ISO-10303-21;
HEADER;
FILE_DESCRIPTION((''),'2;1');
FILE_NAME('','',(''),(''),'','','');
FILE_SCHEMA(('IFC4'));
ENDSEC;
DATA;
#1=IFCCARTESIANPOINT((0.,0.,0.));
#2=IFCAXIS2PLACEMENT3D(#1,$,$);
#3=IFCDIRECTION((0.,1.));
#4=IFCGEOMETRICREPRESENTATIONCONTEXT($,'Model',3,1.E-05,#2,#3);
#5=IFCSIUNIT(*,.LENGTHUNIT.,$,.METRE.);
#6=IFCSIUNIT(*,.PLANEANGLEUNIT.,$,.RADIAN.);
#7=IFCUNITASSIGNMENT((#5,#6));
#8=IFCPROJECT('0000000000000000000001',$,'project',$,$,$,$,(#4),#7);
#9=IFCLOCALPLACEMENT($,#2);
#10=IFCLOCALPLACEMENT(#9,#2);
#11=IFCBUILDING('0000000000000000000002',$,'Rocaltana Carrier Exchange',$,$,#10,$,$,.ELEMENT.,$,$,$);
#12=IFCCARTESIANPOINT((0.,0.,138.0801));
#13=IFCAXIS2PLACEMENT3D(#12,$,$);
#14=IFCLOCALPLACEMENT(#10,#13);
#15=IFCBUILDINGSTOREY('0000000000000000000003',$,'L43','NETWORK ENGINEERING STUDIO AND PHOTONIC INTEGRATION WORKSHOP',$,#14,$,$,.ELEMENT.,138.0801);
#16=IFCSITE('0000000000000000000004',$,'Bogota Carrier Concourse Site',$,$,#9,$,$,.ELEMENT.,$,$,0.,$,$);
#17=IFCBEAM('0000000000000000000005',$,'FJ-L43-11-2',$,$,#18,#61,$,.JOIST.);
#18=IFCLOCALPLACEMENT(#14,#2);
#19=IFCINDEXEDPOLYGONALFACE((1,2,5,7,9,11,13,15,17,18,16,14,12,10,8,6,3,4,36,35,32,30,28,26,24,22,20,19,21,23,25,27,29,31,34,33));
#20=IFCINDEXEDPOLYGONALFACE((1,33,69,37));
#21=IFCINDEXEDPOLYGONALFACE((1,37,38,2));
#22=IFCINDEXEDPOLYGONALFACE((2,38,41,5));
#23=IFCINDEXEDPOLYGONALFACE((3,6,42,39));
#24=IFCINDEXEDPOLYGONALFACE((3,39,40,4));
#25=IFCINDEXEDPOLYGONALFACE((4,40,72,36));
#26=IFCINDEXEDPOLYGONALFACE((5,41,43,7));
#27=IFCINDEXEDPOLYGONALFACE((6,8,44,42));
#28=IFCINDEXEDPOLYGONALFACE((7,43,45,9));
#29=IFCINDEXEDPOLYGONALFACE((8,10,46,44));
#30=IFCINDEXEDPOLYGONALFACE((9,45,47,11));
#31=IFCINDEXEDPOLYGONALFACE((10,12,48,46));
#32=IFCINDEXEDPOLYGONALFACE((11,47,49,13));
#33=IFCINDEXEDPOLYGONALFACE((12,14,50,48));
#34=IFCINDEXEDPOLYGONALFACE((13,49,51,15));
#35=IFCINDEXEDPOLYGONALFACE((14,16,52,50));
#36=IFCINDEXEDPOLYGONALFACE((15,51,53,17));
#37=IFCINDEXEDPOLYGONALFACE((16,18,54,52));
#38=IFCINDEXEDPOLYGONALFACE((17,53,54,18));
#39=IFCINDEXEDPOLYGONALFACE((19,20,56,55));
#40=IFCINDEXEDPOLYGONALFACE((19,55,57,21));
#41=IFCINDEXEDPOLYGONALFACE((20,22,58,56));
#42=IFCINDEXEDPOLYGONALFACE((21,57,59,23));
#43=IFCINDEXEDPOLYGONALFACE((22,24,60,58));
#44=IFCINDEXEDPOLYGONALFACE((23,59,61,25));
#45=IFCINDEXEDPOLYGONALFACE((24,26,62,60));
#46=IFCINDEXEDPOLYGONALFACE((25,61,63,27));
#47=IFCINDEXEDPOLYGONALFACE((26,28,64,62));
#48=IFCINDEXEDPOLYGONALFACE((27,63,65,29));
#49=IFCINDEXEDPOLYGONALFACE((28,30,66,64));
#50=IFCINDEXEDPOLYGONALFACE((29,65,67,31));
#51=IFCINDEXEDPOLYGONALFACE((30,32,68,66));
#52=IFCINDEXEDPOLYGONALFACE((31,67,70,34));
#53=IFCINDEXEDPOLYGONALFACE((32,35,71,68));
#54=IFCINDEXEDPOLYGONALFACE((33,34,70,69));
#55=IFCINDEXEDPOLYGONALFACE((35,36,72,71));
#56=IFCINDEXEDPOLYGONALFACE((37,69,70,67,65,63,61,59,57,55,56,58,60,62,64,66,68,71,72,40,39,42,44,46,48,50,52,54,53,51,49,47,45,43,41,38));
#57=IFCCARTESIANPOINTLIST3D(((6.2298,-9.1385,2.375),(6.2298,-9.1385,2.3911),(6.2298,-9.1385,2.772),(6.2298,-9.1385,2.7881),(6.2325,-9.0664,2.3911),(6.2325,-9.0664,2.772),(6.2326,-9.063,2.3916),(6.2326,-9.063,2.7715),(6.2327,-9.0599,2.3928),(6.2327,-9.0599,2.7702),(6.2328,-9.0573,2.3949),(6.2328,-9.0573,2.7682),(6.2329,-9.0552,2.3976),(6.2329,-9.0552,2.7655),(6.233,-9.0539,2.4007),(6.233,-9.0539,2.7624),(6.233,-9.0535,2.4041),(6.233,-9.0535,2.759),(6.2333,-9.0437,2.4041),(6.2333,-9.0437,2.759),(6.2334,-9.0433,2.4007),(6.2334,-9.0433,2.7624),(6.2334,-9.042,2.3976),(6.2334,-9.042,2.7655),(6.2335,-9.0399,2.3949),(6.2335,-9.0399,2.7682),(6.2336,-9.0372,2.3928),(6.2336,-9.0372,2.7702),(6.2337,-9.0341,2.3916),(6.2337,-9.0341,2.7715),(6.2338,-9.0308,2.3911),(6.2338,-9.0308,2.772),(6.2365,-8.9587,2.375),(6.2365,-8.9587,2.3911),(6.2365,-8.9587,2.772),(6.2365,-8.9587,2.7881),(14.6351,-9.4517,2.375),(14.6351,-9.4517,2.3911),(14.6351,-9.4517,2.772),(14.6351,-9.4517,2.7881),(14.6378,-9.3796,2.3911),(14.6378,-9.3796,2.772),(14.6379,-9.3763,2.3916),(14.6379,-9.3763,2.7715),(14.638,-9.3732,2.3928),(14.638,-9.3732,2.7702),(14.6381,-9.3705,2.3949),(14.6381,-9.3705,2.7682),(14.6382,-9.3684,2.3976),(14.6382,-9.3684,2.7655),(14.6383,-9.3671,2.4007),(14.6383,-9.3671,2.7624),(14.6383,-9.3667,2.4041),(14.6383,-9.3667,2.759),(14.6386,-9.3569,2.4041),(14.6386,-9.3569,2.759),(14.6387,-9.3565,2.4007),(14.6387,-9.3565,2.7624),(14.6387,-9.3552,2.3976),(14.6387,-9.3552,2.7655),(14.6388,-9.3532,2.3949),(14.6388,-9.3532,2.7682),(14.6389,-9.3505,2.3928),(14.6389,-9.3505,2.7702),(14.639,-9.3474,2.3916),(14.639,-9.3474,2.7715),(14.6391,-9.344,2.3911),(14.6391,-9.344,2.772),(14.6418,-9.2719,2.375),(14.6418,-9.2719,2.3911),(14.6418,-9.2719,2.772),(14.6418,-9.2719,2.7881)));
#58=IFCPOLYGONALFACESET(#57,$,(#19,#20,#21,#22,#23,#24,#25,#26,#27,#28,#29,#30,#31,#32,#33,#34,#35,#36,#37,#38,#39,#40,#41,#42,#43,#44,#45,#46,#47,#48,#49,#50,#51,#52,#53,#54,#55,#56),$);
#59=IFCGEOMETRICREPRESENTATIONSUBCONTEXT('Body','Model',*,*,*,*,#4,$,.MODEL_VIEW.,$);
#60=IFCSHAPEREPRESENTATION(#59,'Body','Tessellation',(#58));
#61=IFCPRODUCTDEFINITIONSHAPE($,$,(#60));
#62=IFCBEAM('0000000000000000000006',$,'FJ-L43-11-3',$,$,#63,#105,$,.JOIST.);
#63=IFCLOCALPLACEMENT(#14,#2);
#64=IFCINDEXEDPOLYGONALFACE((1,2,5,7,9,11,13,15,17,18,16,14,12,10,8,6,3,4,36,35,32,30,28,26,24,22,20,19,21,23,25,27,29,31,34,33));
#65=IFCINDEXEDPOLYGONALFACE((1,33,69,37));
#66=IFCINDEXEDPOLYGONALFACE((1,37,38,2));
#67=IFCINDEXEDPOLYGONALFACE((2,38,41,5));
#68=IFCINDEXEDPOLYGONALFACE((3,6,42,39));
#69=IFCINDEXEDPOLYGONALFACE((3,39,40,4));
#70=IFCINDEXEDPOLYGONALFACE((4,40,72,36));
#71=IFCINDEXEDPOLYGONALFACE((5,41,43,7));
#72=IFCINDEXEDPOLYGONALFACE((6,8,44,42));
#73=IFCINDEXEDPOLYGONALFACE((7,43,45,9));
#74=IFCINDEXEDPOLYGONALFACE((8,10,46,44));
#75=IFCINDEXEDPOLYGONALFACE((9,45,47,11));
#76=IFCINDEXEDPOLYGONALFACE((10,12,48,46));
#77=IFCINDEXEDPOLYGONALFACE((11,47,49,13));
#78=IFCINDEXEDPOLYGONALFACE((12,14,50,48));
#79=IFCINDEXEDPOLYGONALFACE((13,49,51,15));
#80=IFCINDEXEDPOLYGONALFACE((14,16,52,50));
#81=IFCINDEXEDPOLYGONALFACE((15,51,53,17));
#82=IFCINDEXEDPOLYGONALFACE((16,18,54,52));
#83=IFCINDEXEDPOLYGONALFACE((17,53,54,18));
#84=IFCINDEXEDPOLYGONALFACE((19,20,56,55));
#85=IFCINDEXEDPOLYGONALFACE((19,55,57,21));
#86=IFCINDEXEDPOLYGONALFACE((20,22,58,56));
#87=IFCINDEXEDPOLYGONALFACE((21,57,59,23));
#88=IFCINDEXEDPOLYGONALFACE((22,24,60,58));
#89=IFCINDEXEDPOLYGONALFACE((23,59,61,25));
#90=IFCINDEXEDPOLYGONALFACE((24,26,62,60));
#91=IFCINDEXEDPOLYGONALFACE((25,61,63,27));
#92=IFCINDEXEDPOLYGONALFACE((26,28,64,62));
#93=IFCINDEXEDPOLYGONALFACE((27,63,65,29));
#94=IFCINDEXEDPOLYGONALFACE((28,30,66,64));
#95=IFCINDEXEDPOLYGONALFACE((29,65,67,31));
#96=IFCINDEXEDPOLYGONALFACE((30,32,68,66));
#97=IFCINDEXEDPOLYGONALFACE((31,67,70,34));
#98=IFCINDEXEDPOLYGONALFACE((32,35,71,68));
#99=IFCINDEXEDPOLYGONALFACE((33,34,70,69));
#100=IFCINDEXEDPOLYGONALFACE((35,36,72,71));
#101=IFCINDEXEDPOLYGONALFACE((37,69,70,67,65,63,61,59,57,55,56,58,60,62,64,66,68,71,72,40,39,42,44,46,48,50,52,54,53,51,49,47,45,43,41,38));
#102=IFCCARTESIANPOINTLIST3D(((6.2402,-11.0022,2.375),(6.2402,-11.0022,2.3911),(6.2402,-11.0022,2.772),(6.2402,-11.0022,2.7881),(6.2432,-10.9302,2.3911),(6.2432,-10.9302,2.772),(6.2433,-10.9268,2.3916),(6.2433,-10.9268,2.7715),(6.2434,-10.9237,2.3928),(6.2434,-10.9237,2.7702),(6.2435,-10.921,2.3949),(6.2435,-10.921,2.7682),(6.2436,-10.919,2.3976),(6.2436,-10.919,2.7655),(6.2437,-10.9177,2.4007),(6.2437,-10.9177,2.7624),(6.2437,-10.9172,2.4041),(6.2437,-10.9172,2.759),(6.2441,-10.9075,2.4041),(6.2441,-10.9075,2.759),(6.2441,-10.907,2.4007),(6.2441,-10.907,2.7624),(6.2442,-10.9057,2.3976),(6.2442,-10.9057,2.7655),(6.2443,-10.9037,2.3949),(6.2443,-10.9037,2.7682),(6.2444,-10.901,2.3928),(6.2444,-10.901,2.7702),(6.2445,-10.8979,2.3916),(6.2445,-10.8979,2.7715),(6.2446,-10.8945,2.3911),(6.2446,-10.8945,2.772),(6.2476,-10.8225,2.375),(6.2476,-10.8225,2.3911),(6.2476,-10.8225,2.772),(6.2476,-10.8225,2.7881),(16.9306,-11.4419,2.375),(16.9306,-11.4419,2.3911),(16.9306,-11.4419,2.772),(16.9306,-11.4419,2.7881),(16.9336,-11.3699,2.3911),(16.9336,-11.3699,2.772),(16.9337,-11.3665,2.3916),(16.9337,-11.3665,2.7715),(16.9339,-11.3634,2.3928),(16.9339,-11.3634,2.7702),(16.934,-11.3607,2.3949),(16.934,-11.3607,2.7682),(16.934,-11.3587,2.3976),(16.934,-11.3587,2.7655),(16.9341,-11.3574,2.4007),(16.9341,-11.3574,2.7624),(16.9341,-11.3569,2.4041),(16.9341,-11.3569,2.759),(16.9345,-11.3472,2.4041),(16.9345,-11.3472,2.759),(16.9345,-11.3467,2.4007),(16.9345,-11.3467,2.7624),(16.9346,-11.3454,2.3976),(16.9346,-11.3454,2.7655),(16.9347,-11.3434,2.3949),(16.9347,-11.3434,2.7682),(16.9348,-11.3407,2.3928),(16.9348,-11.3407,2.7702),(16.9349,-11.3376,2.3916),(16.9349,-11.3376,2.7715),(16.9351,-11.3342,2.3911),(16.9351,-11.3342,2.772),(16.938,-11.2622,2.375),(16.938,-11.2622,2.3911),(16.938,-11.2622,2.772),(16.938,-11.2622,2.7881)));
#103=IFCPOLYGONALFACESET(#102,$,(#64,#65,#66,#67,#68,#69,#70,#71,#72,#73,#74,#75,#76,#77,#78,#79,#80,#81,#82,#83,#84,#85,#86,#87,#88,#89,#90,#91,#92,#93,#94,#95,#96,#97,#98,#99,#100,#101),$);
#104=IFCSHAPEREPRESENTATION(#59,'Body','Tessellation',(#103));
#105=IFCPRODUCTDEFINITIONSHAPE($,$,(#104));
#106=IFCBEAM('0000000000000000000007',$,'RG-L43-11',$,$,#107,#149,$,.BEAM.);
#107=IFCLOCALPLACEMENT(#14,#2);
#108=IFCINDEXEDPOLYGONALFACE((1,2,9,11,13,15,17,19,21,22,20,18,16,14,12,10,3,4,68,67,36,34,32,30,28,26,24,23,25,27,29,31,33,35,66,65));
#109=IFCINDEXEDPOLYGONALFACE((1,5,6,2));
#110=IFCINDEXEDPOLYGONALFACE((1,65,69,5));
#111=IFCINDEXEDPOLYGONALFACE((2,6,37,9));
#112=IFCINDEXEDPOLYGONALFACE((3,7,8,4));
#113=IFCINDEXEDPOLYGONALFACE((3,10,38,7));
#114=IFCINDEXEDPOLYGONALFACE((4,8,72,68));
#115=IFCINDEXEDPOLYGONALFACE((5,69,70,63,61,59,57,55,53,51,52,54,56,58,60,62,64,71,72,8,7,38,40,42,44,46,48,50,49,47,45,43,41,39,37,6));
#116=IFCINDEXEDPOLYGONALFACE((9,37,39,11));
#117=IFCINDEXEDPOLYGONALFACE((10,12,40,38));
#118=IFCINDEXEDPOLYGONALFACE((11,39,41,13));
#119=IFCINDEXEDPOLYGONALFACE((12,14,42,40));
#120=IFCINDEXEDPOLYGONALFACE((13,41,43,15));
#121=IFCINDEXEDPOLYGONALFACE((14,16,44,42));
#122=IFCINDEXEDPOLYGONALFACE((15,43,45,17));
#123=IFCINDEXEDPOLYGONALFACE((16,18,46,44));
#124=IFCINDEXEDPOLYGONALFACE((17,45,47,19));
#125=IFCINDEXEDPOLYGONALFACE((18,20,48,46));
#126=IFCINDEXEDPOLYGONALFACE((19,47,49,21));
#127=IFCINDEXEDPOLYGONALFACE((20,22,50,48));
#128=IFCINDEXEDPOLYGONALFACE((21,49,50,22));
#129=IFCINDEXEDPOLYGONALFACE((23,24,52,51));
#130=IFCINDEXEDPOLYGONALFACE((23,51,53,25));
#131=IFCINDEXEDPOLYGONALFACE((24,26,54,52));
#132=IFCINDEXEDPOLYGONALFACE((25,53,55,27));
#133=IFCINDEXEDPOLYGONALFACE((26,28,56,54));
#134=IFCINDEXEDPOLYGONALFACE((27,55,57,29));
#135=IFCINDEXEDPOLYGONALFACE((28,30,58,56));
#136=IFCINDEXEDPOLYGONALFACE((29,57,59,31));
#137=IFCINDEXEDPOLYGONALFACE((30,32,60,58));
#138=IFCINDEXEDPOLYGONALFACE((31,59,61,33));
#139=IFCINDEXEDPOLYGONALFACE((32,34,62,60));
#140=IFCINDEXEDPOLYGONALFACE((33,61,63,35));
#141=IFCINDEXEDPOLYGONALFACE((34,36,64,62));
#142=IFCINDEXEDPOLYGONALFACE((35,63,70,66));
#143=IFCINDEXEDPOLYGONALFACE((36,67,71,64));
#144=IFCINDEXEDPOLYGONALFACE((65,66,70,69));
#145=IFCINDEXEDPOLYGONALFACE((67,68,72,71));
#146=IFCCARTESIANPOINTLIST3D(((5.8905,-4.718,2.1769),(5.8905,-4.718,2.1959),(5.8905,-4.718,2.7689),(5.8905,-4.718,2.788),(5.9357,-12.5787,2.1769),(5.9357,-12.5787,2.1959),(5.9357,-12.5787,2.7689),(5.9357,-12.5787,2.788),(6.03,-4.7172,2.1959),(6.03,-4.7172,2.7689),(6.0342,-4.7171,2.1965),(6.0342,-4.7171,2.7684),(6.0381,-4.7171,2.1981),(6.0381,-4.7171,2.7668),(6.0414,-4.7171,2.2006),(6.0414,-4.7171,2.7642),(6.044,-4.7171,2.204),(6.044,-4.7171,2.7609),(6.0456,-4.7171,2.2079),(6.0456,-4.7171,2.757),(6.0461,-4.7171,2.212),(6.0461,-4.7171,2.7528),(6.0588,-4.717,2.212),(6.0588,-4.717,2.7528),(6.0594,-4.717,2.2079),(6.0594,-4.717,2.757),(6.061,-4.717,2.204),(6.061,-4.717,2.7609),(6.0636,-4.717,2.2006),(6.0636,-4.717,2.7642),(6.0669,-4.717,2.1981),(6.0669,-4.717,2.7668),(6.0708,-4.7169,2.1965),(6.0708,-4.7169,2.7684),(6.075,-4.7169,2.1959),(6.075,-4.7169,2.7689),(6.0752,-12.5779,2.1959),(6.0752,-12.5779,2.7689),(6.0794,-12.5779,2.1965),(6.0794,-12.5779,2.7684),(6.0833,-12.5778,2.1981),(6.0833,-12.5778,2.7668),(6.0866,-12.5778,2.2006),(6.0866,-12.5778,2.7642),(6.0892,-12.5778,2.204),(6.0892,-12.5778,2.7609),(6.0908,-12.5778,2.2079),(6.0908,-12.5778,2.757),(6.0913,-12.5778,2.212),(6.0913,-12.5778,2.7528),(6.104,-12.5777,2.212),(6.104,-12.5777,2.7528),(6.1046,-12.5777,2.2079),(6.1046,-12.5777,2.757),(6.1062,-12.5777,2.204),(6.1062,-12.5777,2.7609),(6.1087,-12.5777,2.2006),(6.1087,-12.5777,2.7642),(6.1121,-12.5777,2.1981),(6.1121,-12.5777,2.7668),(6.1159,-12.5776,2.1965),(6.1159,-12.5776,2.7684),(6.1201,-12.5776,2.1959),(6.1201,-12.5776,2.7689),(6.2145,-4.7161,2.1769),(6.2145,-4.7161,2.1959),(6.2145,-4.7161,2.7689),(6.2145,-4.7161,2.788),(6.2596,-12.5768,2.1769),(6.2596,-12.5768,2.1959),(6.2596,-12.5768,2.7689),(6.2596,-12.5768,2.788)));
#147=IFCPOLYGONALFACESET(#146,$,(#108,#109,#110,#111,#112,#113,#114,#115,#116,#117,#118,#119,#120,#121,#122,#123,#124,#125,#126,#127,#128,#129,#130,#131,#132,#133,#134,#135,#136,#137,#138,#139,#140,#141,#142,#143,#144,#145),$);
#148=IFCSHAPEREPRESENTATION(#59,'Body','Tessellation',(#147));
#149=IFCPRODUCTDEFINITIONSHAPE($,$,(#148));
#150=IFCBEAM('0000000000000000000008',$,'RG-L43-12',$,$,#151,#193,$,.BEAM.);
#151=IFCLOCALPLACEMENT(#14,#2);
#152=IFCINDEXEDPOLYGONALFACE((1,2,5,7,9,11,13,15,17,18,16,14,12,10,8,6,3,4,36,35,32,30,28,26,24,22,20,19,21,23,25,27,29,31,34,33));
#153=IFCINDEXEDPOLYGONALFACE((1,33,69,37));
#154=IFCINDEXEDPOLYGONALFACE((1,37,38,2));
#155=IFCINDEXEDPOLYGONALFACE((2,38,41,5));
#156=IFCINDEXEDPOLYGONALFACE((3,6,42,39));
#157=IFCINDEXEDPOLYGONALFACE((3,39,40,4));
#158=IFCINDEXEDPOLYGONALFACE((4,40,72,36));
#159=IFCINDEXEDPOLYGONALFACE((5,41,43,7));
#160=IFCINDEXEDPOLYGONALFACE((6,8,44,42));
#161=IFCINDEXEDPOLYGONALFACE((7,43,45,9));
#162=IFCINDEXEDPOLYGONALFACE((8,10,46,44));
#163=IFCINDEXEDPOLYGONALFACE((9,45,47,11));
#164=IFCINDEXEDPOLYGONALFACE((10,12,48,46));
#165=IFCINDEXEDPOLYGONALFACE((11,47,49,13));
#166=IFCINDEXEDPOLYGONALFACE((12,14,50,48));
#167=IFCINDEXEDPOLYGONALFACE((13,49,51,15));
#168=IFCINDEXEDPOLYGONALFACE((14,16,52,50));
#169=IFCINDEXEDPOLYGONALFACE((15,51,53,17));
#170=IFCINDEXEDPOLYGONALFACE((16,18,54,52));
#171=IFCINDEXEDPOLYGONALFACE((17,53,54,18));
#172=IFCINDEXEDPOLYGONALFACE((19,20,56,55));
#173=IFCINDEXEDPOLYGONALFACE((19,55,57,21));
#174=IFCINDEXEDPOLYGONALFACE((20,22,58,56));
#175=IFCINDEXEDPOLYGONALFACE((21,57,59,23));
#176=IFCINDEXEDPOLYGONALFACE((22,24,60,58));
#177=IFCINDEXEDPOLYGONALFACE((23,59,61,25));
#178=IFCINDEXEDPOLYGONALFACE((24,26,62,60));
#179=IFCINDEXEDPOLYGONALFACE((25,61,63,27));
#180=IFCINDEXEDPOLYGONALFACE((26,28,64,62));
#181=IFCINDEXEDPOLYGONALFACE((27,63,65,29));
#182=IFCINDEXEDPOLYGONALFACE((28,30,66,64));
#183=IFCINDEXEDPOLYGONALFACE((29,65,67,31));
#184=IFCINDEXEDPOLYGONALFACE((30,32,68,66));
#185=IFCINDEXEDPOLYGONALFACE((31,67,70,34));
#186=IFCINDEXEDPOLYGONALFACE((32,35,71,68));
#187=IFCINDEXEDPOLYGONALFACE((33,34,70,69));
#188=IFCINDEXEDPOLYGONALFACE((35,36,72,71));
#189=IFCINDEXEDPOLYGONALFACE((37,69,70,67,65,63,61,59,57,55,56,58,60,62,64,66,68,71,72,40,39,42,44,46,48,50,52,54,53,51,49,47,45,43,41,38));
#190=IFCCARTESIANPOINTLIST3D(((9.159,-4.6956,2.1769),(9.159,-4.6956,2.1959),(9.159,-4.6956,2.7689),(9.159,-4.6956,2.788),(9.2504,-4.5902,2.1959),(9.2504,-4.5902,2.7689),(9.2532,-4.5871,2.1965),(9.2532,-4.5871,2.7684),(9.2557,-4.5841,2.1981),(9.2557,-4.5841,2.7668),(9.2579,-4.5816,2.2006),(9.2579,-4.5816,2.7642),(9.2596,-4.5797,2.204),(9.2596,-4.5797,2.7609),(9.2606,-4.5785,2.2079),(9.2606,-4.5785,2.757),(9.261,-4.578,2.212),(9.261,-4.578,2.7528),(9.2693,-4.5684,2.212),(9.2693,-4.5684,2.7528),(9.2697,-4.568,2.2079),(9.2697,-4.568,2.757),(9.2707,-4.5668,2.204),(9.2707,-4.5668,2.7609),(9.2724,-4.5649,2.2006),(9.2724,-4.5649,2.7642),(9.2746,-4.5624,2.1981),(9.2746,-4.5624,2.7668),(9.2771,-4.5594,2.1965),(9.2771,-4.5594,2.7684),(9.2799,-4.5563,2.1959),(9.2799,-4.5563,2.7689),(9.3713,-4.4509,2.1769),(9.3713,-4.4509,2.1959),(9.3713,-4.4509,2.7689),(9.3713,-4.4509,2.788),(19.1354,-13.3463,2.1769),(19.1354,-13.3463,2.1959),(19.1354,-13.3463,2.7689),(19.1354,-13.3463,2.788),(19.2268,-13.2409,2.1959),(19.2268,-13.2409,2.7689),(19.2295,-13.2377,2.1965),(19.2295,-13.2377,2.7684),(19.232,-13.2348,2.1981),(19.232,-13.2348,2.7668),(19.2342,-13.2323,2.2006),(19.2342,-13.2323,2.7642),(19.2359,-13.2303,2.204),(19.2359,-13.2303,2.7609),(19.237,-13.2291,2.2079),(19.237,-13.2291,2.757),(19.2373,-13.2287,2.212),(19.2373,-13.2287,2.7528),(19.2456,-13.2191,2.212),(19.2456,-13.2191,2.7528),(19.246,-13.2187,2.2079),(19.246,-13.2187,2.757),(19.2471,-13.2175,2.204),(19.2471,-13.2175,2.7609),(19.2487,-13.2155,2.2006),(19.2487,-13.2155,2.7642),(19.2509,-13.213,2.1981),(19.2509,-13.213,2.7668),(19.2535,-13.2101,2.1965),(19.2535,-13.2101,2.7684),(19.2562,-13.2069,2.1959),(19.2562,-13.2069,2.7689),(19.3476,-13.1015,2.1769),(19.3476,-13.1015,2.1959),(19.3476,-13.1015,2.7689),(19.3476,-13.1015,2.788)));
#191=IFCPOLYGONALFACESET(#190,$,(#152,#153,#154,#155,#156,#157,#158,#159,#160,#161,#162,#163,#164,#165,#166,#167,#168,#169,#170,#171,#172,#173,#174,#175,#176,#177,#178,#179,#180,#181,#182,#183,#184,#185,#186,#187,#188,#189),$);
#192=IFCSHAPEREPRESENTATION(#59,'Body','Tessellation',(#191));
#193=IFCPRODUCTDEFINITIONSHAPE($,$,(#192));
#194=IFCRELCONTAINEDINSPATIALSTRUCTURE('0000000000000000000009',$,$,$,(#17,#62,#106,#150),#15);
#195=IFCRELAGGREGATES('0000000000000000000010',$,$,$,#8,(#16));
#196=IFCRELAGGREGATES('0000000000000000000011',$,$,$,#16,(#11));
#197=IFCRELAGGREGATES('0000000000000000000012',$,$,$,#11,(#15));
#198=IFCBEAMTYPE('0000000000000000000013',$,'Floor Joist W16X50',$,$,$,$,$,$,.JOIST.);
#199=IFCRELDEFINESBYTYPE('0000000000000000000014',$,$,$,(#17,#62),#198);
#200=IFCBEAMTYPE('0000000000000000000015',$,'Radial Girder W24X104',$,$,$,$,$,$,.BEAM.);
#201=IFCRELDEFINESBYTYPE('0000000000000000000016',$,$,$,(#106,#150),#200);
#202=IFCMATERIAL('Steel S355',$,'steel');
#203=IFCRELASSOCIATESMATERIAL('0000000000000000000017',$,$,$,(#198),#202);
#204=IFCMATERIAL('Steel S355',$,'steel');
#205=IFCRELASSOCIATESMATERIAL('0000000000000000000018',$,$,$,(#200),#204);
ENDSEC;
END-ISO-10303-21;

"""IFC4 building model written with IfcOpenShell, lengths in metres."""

from ifc_helpers import new_model, si_unit, direction, frame, origin, origin_2d, place, context, subcontext, project, spatial, i_section, extrude, material, material_profile, profile_set, type_object, element, save


model = new_model("IFC4")

# Units and contexts
model_context = context("Model", 3, precision=1e-05, world=origin(), true_north=direction((0.0, 1.0)))
body_context = subcontext(model_context, "Body", "Model", "MODEL_VIEW")
ifc_project = project(units=[si_unit("LENGTHUNIT", "METRE"), si_unit("PLANEANGLEUNIT", "RADIAN")], contexts=[model_context])

# Site, building, storey
site_placement = place(None, origin())
site = spatial("IfcSite", under=ifc_project, at=site_placement, Name="Bogota Carrier Concourse Site", CompositionType="ELEMENT", RefElevation=0.0)
building_placement = place(site_placement, origin())
building = spatial("IfcBuilding", under=site, at=building_placement, Name="Rocaltana Carrier Exchange", CompositionType="ELEMENT")
storey_placement = place(building_placement, frame((0.0, 0.0, 138.0801)))
storey = spatial("IfcBuildingStorey", under=building, at=storey_placement, Name="L43", Description="NETWORK ENGINEERING STUDIO AND PHOTONIC INTEGRATION WORKSHOP", CompositionType="ELEMENT", Elevation=138.0801)

# Beams
ifc_material_1 = material(Name="Steel S355", Category="steel")
ifc_material_profile_1 = material_profile(ifc_material_1, i_section(OverallWidth=0.1799, OverallDepth=0.4131, WebThickness=0.0098, FlangeThickness=0.0161, FilletRadius=0.0129, at=origin_2d()), Name="W16X50")
ifc_profile_set_1 = profile_set([ifc_material_profile_1], Name="Steel S355")
beam_type_1 = type_object("IfcBeamType", Name="Floor Joist W16X50", PredefinedType="JOIST", material=ifc_profile_set_1)
beam_1_placement = place(storey_placement, frame((6.2332, -9.0486, 2.5815), z_axis=(0.999306, -0.03724, 0.0), x_axis=(0.03724, 0.999306, 0.0)))
element("IfcBeam", 1, at=beam_1_placement, inside=storey, type_object=beam_type_1, Name="FJ-L43-11-2", PredefinedType="JOIST", context=body_context, shape_type="SweptSolid", body=[
    extrude(i_section(OverallWidth=0.1799, OverallDepth=0.4131, WebThickness=0.0098, FlangeThickness=0.0161, FilletRadius=0.0129, at=origin_2d()), origin(), (0.0, 0.0, 1.0), 8.4111),
])
beam_2_placement = place(storey_placement, frame((6.2439, -10.9124, 2.5815), z_axis=(0.999155, -0.041095, 0.0), x_axis=(0.041095, 0.999155, 0.0)))
element("IfcBeam", 2, at=beam_2_placement, inside=storey, type_object=beam_type_1, Name="FJ-L43-11-3", PredefinedType="JOIST", context=body_context, shape_type="SweptSolid", body=[
    extrude(i_section(OverallWidth=0.1799, OverallDepth=0.4131, WebThickness=0.0098, FlangeThickness=0.0161, FilletRadius=0.0129, at=origin_2d()), origin(), (0.0, 0.0, 1.0), 10.6995),
])
ifc_material_2 = material(Name="Steel S355", Category="steel")
ifc_material_profile_2 = material_profile(ifc_material_2, i_section(OverallWidth=0.324, OverallDepth=0.6111, WebThickness=0.0127, FlangeThickness=0.019, FilletRadius=0.0161, at=origin_2d()), Name="W24X104")
ifc_profile_set_2 = profile_set([ifc_material_profile_2], Name="Steel S355")
beam_type_2 = type_object("IfcBeamType", Name="Radial Girder W24X104", PredefinedType="BEAM", material=ifc_profile_set_2)
beam_3_placement = place(storey_placement, frame((6.0525, -4.717, 2.4824), z_axis=(0.005746, -0.999983, 0.0), x_axis=(0.999983, 0.005746, 0.0)))
element("IfcBeam", 3, at=beam_3_placement, inside=storey, type_object=beam_type_2, Name="RG-L43-11", PredefinedType="BEAM", context=body_context, shape_type="SweptSolid", body=[
    extrude(i_section(OverallWidth=0.324, OverallDepth=0.6111, WebThickness=0.0127, FlangeThickness=0.019, FilletRadius=0.0161, at=origin_2d()), origin(), (0.0, 0.0, 1.0), 7.8608),
])
beam_4_placement = place(storey_placement, frame((9.2651, -4.5732, 2.4824), z_axis=(0.755521, -0.655125, 0.0), x_axis=(0.655125, 0.755521, 0.0)))
element("IfcBeam", 4, at=beam_4_placement, inside=storey, type_object=beam_type_2, Name="RG-L43-12", PredefinedType="BEAM", context=body_context, shape_type="SweptSolid", body=[
    extrude(i_section(OverallWidth=0.324, OverallDepth=0.6111, WebThickness=0.0127, FlangeThickness=0.019, FilletRadius=0.0161, at=origin_2d()), origin(), (0.0, 0.0, 1.0), 13.2046),
])

save(model, "model.ifc")
